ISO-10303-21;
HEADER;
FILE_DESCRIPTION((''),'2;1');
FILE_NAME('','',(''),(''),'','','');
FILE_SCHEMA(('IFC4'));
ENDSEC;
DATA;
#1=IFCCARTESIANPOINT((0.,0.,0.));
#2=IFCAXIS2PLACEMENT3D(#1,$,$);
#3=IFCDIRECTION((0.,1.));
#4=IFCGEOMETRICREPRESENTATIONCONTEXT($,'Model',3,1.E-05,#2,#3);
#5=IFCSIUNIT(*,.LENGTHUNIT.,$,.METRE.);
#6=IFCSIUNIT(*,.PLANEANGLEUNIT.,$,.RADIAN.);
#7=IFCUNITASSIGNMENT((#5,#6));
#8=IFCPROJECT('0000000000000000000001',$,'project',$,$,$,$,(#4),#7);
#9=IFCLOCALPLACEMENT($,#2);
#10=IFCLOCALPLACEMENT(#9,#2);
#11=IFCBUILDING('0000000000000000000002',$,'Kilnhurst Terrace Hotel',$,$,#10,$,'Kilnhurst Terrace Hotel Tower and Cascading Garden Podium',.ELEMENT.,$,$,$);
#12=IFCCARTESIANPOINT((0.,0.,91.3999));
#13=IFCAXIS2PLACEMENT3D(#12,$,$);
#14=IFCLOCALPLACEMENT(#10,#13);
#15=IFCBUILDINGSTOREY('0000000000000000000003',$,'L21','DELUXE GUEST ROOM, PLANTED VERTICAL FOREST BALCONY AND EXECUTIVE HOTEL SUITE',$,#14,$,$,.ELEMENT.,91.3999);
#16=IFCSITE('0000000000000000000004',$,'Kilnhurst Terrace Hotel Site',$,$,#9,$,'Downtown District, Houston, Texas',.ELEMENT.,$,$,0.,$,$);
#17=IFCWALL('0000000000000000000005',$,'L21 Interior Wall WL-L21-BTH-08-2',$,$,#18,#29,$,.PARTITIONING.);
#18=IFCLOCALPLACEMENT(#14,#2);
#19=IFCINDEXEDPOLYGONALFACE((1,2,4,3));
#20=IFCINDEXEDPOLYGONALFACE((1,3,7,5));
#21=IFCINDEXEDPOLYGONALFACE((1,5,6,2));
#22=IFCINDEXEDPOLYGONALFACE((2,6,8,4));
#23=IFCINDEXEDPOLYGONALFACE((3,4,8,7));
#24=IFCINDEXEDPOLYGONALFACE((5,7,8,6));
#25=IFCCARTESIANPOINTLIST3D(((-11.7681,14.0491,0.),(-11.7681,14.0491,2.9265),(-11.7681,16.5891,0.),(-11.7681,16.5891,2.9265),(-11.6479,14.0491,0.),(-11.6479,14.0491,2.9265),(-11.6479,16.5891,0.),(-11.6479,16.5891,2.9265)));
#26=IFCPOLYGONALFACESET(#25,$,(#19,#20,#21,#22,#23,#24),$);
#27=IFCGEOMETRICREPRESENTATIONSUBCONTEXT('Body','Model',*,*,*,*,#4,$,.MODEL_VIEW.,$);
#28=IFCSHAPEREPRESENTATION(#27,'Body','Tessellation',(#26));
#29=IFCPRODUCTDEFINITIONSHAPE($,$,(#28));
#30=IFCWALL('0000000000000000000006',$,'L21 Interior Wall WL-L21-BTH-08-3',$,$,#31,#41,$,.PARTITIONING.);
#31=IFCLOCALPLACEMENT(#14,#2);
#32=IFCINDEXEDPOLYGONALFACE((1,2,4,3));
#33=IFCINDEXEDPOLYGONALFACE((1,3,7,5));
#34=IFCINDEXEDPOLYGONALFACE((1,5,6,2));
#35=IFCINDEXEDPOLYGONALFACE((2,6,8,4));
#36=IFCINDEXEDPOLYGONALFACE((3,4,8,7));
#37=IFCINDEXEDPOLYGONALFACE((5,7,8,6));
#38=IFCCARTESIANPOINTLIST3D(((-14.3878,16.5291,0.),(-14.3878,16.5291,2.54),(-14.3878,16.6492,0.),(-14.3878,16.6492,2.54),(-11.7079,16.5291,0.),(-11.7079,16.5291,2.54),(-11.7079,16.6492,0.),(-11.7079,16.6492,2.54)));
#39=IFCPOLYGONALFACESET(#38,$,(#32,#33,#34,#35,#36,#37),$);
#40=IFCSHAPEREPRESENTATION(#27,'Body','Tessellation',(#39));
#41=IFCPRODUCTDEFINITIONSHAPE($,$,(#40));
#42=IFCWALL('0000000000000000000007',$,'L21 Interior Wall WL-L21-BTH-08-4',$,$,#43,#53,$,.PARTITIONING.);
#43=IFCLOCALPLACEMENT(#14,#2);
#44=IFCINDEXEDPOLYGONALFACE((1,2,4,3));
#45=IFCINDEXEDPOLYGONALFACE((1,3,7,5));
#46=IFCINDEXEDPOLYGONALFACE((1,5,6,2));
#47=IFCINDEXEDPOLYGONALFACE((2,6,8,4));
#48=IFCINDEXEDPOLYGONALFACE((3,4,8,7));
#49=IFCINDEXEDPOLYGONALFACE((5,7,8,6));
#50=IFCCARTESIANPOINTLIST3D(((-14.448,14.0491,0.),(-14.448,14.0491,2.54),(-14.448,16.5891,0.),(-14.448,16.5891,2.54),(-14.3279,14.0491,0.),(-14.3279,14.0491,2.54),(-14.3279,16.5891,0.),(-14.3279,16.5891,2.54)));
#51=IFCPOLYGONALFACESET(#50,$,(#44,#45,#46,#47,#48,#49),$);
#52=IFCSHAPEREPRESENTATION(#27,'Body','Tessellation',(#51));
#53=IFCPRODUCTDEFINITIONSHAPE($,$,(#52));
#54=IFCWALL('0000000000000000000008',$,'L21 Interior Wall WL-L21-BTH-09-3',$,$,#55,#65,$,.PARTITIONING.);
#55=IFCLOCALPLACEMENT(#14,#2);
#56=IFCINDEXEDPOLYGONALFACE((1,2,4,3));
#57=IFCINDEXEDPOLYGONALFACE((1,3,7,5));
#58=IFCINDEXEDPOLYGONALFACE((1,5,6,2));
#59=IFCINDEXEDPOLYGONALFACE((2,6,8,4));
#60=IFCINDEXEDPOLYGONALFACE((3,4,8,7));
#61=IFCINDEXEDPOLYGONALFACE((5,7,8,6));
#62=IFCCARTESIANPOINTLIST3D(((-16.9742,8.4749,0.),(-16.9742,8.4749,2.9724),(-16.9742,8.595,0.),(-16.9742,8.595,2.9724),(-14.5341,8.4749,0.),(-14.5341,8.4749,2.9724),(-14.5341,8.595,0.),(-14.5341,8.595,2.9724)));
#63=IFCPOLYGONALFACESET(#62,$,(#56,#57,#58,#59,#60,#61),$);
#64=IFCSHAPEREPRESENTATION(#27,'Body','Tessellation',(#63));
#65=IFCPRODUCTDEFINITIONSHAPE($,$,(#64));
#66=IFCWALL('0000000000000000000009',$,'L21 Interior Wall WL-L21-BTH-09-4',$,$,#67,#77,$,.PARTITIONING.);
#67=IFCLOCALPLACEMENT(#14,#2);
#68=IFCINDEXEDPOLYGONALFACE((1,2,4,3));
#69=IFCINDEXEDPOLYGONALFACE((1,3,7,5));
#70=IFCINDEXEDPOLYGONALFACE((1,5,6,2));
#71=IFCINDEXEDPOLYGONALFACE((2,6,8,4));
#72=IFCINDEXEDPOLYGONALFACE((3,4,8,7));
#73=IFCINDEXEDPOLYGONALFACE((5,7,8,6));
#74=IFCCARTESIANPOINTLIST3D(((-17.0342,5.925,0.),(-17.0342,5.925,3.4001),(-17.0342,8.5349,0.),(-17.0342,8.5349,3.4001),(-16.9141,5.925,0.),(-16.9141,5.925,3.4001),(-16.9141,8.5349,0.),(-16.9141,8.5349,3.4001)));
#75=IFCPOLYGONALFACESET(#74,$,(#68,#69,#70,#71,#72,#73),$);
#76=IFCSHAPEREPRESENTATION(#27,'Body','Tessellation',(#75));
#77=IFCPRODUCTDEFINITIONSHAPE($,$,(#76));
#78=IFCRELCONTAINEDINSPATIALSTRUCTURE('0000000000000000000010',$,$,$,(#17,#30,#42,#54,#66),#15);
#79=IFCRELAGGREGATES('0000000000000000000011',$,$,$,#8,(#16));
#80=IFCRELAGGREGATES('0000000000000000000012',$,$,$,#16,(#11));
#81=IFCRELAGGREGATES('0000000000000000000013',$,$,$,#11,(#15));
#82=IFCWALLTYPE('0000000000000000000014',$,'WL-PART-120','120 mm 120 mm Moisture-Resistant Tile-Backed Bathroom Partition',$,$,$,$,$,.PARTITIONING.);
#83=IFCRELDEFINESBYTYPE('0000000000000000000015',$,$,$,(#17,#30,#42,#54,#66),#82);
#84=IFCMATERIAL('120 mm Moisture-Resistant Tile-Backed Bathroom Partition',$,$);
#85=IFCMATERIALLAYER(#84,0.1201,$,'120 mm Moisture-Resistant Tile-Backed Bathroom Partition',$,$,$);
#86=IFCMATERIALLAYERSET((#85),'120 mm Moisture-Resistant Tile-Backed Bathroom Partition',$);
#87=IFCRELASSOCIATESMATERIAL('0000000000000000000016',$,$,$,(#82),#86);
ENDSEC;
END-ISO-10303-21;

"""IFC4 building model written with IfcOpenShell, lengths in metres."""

from ifc_helpers import new_model, si_unit, direction, frame, frame_2d, origin, place, context, subcontext, project, spatial, rectangle, extrude, material, layer, layer_set, type_object, element, save


model = new_model("IFC4")

# Units and contexts
model_context = context("Model", 3, precision=1e-05, world=origin(), true_north=direction((0.0, 1.0)))
body_context = subcontext(model_context, "Body", "Model", "MODEL_VIEW")
ifc_project = project(units=[si_unit("LENGTHUNIT", "METRE"), si_unit("PLANEANGLEUNIT", "RADIAN")], contexts=[model_context])

# Site, building, storey
site_placement = place(None, origin())
site = spatial("IfcSite", under=ifc_project, at=site_placement, Name="Kilnhurst Terrace Hotel Site", LongName="Downtown District, Houston, Texas", CompositionType="ELEMENT", RefElevation=0.0)
building_placement = place(site_placement, origin())
building = spatial("IfcBuilding", under=site, at=building_placement, Name="Kilnhurst Terrace Hotel", LongName="Kilnhurst Terrace Hotel Tower and Cascading Garden Podium", CompositionType="ELEMENT")
storey_placement = place(building_placement, frame((0.0, 0.0, 91.3999)))
storey = spatial("IfcBuildingStorey", under=building, at=storey_placement, Name="L21", Description="DELUXE GUEST ROOM, PLANTED VERTICAL FOREST BALCONY AND EXECUTIVE HOTEL SUITE", CompositionType="ELEMENT", Elevation=91.3999)

# Shared definitions
ifc_material_1 = material(Name="120 mm Moisture-Resistant Tile-Backed Bathroom Partition")
ifc_layer_1 = layer(ifc_material_1, 0.1201, Name="120 mm Moisture-Resistant Tile-Backed Bathroom Partition")
ifc_layer_set_1 = layer_set([ifc_layer_1], Name="120 mm Moisture-Resistant Tile-Backed Bathroom Partition")
wall_type_1 = type_object("IfcWallType", Name="WL-PART-120", Description="120 mm 120 mm Moisture-Resistant Tile-Backed Bathroom Partition", PredefinedType="PARTITIONING", material=ifc_layer_set_1)

# Walls
wall_1_placement = place(storey_placement, frame((-11.708, 14.0491, 0.0), z_axis=(0.0, 0.0, 1.0), x_axis=(0.0, 1.0, 0.0)))
element("IfcWall", 1, at=wall_1_placement, inside=storey, type_object=wall_type_1, Name="L21 Interior Wall WL-L21-BTH-08-2", PredefinedType="PARTITIONING", context=body_context, shape_type="SweptSolid", body=[
    extrude(rectangle(XDim=2.54, YDim=0.1201, at=frame_2d((1.27, 0.0))), origin(), (0.0, 0.0, 1.0), 2.9265),
])
wall_2_placement = place(storey_placement, frame((-11.708, 16.5891, 0.0), z_axis=(0.0, 0.0, 1.0), x_axis=(-1.0, 0.0, 0.0)))
element("IfcWall", 2, at=wall_2_placement, inside=storey, type_object=wall_type_1, Name="L21 Interior Wall WL-L21-BTH-08-3", PredefinedType="PARTITIONING", context=body_context, shape_type="SweptSolid", body=[
    extrude(rectangle(XDim=2.6799, YDim=0.1201, at=frame_2d((1.3398, 0.0))), origin(), (0.0, 0.0, 1.0), 2.54),
])
wall_3_placement = place(storey_placement, frame((-14.3879, 16.5891, 0.0), z_axis=(0.0, 0.0, 1.0), x_axis=(0.0, -1.0, 0.0)))
element("IfcWall", 3, at=wall_3_placement, inside=storey, type_object=wall_type_1, Name="L21 Interior Wall WL-L21-BTH-08-4", PredefinedType="PARTITIONING", context=body_context, shape_type="SweptSolid", body=[
    extrude(rectangle(XDim=2.54, YDim=0.1201, at=frame_2d((1.27, 0.0))), origin(), (0.0, 0.0, 1.0), 2.54),
])
wall_4_placement = place(storey_placement, frame((-14.5339, 8.5349, 0.0), z_axis=(0.0, 0.0, 1.0), x_axis=(-1.0, 0.0, 0.0)))
element("IfcWall", 4, at=wall_4_placement, inside=storey, type_object=wall_type_1, Name="L21 Interior Wall WL-L21-BTH-09-3", PredefinedType="PARTITIONING", context=body_context, shape_type="SweptSolid", body=[
    extrude(rectangle(XDim=2.4402, YDim=0.1201, at=frame_2d((1.2202, 0.0))), origin(), (0.0, 0.0, 1.0), 2.9724),
])
wall_5_placement = place(storey_placement, frame((-16.9741, 8.5349, 0.0), z_axis=(0.0, 0.0, 1.0), x_axis=(0.0, -1.0, 0.0)))
element("IfcWall", 5, at=wall_5_placement, inside=storey, type_object=wall_type_1, Name="L21 Interior Wall WL-L21-BTH-09-4", PredefinedType="PARTITIONING", context=body_context, shape_type="SweptSolid", body=[
    extrude(rectangle(XDim=2.6099, YDim=0.1201, at=frame_2d((1.3049, 0.0))), origin(), (0.0, 0.0, 1.0), 3.4001),
])

save(model, "model.ifc")
